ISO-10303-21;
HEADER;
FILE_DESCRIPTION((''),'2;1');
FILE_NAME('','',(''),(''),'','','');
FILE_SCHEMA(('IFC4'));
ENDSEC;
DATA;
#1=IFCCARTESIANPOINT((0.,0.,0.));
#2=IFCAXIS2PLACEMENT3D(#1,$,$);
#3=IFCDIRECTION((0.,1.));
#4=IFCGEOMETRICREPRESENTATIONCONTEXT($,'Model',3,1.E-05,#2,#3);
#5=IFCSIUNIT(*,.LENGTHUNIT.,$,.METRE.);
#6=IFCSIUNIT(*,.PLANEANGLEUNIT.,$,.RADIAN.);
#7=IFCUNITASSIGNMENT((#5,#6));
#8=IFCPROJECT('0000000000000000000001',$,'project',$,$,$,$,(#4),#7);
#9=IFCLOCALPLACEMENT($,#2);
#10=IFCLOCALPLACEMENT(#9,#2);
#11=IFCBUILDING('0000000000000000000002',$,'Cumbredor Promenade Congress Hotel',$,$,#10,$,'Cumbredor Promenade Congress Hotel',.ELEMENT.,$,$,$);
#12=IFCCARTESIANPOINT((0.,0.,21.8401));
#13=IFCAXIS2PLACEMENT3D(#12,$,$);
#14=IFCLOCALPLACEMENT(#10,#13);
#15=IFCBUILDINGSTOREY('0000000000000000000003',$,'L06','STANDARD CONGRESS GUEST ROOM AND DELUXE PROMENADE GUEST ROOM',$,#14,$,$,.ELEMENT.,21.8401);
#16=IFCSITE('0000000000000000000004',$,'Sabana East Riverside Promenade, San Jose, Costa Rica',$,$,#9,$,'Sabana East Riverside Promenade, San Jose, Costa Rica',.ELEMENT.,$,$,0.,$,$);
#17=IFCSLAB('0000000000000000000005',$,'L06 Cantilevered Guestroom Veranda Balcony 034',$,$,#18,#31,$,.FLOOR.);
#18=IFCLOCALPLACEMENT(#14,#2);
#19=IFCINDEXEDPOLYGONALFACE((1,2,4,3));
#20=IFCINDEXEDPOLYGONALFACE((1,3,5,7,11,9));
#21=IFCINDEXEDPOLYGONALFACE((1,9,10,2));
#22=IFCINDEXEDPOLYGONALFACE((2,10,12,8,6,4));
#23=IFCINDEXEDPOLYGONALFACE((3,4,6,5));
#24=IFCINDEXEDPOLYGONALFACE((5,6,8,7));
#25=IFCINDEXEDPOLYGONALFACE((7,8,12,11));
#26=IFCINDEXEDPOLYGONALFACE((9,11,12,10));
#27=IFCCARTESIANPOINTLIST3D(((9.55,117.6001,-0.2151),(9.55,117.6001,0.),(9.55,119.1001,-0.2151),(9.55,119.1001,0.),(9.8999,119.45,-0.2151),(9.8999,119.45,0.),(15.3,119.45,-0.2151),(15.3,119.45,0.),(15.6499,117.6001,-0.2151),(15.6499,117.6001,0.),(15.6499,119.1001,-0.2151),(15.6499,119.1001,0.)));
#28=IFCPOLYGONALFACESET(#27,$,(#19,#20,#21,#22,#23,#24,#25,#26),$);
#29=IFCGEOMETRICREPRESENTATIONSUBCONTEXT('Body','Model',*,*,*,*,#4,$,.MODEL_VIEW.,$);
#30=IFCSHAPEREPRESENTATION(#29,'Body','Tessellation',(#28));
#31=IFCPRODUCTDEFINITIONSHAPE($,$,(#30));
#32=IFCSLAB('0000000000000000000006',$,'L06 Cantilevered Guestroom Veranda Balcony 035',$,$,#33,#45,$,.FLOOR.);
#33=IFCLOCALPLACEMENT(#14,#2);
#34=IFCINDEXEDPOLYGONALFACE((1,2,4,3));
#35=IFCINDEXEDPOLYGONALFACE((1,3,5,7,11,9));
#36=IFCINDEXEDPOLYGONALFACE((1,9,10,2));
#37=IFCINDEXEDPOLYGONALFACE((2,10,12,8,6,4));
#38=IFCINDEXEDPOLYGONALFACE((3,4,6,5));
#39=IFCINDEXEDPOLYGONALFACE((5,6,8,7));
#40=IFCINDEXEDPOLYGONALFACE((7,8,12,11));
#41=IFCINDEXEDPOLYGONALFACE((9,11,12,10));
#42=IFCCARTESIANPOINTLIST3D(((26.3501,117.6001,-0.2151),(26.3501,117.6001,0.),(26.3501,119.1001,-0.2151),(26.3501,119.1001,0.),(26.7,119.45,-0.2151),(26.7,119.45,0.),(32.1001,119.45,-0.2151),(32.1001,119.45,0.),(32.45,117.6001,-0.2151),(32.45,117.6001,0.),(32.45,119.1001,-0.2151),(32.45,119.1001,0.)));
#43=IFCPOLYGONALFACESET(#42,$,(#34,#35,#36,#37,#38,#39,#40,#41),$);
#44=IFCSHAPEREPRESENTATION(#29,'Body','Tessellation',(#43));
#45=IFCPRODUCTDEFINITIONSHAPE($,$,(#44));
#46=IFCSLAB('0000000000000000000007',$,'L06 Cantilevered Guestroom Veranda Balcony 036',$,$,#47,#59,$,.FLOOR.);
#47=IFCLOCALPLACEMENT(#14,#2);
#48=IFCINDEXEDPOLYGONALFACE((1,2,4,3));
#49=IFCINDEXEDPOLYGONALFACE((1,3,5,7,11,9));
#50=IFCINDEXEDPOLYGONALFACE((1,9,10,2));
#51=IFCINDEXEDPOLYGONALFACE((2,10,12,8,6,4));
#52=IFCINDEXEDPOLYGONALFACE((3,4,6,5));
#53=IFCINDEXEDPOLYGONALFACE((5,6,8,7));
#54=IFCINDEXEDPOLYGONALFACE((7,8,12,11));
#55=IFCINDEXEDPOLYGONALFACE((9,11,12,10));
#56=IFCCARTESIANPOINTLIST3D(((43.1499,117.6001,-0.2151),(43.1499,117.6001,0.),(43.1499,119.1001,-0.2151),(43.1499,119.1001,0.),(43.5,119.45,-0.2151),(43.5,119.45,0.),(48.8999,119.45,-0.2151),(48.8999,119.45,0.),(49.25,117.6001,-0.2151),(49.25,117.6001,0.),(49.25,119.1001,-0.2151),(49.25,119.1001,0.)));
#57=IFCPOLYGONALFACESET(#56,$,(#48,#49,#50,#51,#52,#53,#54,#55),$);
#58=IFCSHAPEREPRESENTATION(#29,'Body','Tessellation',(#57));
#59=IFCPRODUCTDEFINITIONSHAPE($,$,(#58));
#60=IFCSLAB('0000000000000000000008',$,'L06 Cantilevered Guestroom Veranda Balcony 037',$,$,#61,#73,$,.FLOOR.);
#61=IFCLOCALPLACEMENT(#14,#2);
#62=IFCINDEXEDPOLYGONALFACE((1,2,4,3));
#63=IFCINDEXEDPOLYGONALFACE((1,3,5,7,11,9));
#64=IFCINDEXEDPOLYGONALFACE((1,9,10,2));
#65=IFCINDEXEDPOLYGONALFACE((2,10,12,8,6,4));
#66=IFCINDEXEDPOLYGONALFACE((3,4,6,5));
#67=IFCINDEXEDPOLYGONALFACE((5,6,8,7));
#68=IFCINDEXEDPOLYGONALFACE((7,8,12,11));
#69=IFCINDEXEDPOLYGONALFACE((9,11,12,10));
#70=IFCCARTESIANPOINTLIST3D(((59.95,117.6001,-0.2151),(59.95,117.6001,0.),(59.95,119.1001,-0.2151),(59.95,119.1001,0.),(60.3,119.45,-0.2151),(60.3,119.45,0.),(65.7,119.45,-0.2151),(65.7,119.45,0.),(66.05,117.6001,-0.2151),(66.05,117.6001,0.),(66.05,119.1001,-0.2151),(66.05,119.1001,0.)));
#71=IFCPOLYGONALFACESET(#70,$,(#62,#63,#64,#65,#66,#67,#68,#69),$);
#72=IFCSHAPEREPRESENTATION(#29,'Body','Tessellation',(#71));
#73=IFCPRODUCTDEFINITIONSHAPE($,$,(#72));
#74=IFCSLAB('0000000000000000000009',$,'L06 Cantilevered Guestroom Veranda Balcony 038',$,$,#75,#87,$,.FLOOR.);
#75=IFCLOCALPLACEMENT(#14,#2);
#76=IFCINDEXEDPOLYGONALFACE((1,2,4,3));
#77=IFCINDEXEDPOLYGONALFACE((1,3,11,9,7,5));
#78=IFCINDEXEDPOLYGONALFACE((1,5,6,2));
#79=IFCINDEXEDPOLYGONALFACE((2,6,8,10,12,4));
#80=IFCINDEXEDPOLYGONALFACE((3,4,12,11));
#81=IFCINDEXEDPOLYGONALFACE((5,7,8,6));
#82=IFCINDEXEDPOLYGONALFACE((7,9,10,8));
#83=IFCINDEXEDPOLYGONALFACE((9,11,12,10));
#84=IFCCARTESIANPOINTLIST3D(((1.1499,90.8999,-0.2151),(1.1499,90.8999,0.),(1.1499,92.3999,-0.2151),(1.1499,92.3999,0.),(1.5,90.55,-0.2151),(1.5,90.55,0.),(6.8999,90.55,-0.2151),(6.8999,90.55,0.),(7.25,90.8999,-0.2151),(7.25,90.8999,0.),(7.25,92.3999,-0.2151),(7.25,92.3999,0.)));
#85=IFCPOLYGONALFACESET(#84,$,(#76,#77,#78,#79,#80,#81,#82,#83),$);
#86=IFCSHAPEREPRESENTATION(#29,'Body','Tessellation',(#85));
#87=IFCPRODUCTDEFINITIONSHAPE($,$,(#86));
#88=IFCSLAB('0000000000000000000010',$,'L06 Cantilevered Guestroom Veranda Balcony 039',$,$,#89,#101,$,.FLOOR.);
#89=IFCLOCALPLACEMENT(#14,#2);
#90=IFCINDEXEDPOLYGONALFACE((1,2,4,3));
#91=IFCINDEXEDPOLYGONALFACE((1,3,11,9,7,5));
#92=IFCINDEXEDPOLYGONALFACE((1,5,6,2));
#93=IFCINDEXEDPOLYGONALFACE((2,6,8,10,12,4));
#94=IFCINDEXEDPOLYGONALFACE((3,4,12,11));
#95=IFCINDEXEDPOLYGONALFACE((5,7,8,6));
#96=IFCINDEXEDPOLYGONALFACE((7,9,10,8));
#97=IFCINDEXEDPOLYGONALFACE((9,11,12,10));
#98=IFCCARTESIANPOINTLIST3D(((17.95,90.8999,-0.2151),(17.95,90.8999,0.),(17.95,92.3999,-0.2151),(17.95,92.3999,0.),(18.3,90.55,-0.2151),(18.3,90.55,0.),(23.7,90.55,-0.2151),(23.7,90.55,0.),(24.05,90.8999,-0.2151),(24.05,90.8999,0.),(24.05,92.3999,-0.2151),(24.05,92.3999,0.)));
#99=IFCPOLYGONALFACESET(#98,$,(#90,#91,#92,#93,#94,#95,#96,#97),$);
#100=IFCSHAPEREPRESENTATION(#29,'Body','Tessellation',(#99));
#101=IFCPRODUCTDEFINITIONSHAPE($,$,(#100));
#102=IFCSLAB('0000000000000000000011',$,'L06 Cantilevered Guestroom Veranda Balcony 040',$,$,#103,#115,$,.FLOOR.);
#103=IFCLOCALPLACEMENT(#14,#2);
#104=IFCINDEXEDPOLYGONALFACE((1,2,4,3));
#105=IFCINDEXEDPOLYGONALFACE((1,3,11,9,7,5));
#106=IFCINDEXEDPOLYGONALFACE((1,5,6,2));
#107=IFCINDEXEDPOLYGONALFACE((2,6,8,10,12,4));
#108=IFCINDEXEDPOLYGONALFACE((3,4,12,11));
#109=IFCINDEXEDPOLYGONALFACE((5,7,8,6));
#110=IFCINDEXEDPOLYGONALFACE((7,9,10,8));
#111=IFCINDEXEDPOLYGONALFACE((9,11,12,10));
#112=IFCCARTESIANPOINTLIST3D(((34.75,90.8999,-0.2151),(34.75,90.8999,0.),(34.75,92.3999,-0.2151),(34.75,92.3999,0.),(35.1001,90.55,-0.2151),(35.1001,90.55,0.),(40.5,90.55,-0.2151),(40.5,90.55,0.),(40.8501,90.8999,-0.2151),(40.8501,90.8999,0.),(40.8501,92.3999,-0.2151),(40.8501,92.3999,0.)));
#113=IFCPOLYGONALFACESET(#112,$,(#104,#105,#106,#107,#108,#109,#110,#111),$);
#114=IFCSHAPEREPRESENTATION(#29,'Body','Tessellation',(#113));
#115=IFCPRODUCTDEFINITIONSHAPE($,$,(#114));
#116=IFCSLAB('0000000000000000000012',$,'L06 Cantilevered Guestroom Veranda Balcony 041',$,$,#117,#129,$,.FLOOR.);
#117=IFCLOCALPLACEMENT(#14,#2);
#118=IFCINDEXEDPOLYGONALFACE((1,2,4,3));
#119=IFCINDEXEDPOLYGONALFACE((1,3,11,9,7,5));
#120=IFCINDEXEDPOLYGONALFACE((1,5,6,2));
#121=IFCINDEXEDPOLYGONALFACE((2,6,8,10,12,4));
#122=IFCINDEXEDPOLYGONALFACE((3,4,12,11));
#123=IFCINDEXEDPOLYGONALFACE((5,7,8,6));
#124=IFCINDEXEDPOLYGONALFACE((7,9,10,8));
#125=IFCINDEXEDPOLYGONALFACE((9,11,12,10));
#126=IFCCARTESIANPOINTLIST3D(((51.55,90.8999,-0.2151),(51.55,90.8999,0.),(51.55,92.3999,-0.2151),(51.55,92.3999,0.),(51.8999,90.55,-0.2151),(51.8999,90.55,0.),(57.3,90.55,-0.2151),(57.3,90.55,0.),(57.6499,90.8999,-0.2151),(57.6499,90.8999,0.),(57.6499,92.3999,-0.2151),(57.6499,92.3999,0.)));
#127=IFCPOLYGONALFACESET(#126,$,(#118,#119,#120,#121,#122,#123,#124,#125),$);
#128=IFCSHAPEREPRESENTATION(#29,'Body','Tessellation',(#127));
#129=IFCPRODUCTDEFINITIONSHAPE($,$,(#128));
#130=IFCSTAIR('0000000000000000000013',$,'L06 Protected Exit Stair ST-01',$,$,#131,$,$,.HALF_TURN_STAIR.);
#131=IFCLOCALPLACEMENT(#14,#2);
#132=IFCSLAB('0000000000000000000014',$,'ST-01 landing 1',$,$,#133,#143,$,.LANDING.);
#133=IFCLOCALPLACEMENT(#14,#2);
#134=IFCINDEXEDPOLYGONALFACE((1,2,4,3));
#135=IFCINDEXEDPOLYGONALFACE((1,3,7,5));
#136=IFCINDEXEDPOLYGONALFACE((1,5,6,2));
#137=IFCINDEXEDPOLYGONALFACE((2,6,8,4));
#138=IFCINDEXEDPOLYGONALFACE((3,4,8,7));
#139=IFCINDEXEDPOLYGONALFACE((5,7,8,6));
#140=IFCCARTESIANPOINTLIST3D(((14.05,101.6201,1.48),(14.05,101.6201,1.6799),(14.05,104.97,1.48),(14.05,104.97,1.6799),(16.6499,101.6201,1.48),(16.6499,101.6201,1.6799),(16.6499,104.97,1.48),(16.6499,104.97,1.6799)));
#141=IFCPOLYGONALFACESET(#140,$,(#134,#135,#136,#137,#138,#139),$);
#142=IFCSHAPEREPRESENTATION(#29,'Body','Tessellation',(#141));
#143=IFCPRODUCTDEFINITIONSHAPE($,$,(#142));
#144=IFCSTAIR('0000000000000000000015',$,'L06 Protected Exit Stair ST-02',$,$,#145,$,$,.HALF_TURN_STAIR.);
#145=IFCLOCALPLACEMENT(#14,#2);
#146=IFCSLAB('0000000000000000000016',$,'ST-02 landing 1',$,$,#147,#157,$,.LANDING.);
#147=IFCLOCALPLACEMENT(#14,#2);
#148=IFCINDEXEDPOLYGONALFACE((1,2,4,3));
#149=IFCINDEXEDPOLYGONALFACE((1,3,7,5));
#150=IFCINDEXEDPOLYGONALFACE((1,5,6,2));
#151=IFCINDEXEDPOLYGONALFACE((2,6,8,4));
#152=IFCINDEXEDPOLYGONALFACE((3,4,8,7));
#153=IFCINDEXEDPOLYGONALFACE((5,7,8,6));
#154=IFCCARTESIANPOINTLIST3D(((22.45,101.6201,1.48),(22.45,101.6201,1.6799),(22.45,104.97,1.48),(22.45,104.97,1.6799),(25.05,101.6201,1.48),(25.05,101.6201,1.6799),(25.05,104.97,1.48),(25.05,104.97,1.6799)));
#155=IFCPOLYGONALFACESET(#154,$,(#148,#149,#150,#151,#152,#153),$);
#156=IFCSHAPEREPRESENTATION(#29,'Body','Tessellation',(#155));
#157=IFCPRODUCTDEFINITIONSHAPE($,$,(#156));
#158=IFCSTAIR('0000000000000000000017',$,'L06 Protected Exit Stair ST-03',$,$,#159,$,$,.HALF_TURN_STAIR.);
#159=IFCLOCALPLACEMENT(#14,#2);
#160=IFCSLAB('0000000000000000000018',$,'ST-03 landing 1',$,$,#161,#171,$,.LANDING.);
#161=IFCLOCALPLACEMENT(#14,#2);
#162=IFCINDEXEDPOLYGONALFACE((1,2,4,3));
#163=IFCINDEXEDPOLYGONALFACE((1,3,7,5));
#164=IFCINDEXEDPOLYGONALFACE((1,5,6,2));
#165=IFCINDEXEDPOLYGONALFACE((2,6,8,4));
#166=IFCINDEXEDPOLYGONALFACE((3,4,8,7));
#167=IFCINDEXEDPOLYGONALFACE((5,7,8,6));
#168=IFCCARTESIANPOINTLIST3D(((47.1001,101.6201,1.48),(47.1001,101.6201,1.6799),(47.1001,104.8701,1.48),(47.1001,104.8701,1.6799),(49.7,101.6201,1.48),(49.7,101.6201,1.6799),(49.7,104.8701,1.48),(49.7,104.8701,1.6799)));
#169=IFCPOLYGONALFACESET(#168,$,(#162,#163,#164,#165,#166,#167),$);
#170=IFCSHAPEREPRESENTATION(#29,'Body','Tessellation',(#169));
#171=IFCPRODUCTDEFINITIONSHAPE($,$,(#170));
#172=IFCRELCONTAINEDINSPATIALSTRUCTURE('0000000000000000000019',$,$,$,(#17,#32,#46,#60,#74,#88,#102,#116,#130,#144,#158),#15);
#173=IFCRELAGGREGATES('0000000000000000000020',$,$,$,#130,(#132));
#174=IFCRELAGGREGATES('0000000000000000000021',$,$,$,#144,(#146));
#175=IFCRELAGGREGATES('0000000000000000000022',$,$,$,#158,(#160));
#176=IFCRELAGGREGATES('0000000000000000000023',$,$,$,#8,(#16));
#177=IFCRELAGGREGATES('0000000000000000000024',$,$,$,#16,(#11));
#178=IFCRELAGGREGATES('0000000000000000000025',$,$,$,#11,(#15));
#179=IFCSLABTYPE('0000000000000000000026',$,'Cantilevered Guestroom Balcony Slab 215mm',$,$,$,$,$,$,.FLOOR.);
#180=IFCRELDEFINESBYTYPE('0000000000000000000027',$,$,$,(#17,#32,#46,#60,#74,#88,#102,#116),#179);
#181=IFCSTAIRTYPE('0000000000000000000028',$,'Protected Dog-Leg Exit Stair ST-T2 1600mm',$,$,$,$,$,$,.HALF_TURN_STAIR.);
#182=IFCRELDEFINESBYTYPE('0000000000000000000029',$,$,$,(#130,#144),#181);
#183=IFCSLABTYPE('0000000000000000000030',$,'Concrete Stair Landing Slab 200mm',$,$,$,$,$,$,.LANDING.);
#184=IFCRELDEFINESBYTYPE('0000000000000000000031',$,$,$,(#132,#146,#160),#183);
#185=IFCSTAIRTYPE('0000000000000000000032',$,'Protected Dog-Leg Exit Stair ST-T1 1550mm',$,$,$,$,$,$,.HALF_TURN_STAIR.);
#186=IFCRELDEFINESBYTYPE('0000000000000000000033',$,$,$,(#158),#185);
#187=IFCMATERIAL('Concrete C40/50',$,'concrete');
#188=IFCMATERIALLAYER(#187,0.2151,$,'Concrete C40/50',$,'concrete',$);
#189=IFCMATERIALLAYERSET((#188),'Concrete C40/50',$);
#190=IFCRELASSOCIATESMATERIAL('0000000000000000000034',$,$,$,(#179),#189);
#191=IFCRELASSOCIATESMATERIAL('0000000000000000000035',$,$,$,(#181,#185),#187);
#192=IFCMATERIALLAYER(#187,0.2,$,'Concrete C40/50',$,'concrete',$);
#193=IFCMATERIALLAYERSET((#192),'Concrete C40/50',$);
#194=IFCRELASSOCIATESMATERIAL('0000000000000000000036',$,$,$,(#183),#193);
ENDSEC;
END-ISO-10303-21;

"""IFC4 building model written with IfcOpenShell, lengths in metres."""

from ifc_helpers import new_model, si_unit, direction, frame, origin, place, context, subcontext, project, spatial, polyline, outline, extrude, material, layer, layer_set, type_object, element, aggregate, save


model = new_model("IFC4")

# Units and contexts
model_context = context("Model", 3, precision=1e-05, world=origin(), true_north=direction((0.0, 1.0)))
body_context = subcontext(model_context, "Body", "Model", "MODEL_VIEW")
ifc_project = project(units=[si_unit("LENGTHUNIT", "METRE"), si_unit("PLANEANGLEUNIT", "RADIAN")], contexts=[model_context])

# Site, building, storey
site_placement = place(None, origin())
site = spatial("IfcSite", under=ifc_project, at=site_placement, Name="Sabana East Riverside Promenade, San Jose, Costa Rica", LongName="Sabana East Riverside Promenade, San Jose, Costa Rica", CompositionType="ELEMENT", RefElevation=0.0)
building_placement = place(site_placement, origin())
building = spatial("IfcBuilding", under=site, at=building_placement, Name="Cumbredor Promenade Congress Hotel", LongName="Cumbredor Promenade Congress Hotel", CompositionType="ELEMENT")
storey_placement = place(building_placement, frame((0.0, 0.0, 21.8401)))
storey = spatial("IfcBuildingStorey", under=building, at=storey_placement, Name="L06", Description="STANDARD CONGRESS GUEST ROOM AND DELUXE PROMENADE GUEST ROOM", CompositionType="ELEMENT", Elevation=21.8401)

# Slabs
ifc_material_1 = material(Name="Concrete C40/50", Category="concrete")
ifc_layer_1 = layer(ifc_material_1, 0.2151, Name="Concrete C40/50", Category="concrete")
ifc_layer_set_1 = layer_set([ifc_layer_1], Name="Concrete C40/50")
slab_type_1 = type_object("IfcSlabType", Name="Cantilevered Guestroom Balcony Slab 215mm", PredefinedType="FLOOR", material=ifc_layer_set_1)
slab_1_placement = place(storey_placement, frame((0.0, 0.0, -0.2151)))
element("IfcSlab", 1, at=slab_1_placement, inside=storey, type_object=slab_type_1, Name="L06 Cantilevered Guestroom Veranda Balcony 034", PredefinedType="FLOOR", context=body_context, shape_type="SweptSolid", body=[
    extrude(outline(polyline([(9.55, 117.6001), (15.6499, 117.6001), (15.6499, 119.1001), (15.3, 119.45), (9.8999, 119.45), (9.55, 119.1001), (9.55, 117.6001)])), origin(), (0.0, 0.0, 1.0), 0.2151),
])
slab_2_placement = place(storey_placement, frame((0.0, 0.0, -0.2151)))
element("IfcSlab", 2, at=slab_2_placement, inside=storey, type_object=slab_type_1, Name="L06 Cantilevered Guestroom Veranda Balcony 035", PredefinedType="FLOOR", context=body_context, shape_type="SweptSolid", body=[
    extrude(outline(polyline([(26.3501, 117.6001), (32.45, 117.6001), (32.45, 119.1001), (32.1001, 119.45), (26.7, 119.45), (26.3501, 119.1001), (26.3501, 117.6001)])), origin(), (0.0, 0.0, 1.0), 0.2151),
])
slab_3_placement = place(storey_placement, frame((0.0, 0.0, -0.2151)))
element("IfcSlab", 3, at=slab_3_placement, inside=storey, type_object=slab_type_1, Name="L06 Cantilevered Guestroom Veranda Balcony 036", PredefinedType="FLOOR", context=body_context, shape_type="SweptSolid", body=[
    extrude(outline(polyline([(43.1499, 117.6001), (49.25, 117.6001), (49.25, 119.1001), (48.8999, 119.45), (43.5, 119.45), (43.1499, 119.1001), (43.1499, 117.6001)])), origin(), (0.0, 0.0, 1.0), 0.2151),
])
slab_4_placement = place(storey_placement, frame((0.0, 0.0, -0.2151)))
element("IfcSlab", 4, at=slab_4_placement, inside=storey, type_object=slab_type_1, Name="L06 Cantilevered Guestroom Veranda Balcony 037", PredefinedType="FLOOR", context=body_context, shape_type="SweptSolid", body=[
    extrude(outline(polyline([(59.95, 117.6001), (66.05, 117.6001), (66.05, 119.1001), (65.7, 119.45), (60.3, 119.45), (59.95, 119.1001), (59.95, 117.6001)])), origin(), (0.0, 0.0, 1.0), 0.2151),
])
slab_5_placement = place(storey_placement, frame((0.0, 0.0, -0.2151)))
element("IfcSlab", 5, at=slab_5_placement, inside=storey, type_object=slab_type_1, Name="L06 Cantilevered Guestroom Veranda Balcony 038", PredefinedType="FLOOR", context=body_context, shape_type="SweptSolid", body=[
    extrude(outline(polyline([(1.5, 90.55), (6.8999, 90.55), (7.25, 90.8999), (7.25, 92.3999), (1.1499, 92.3999), (1.1499, 90.8999), (1.5, 90.55)])), origin(), (0.0, 0.0, 1.0), 0.2151),
])
slab_6_placement = place(storey_placement, frame((0.0, 0.0, -0.2151)))
element("IfcSlab", 6, at=slab_6_placement, inside=storey, type_object=slab_type_1, Name="L06 Cantilevered Guestroom Veranda Balcony 039", PredefinedType="FLOOR", context=body_context, shape_type="SweptSolid", body=[
    extrude(outline(polyline([(18.3, 90.55), (23.7, 90.55), (24.05, 90.8999), (24.05, 92.3999), (17.95, 92.3999), (17.95, 90.8999), (18.3, 90.55)])), origin(), (0.0, 0.0, 1.0), 0.2151),
])
slab_7_placement = place(storey_placement, frame((0.0, 0.0, -0.2151)))
element("IfcSlab", 7, at=slab_7_placement, inside=storey, type_object=slab_type_1, Name="L06 Cantilevered Guestroom Veranda Balcony 040", PredefinedType="FLOOR", context=body_context, shape_type="SweptSolid", body=[
    extrude(outline(polyline([(35.1001, 90.55), (40.5, 90.55), (40.8501, 90.8999), (40.8501, 92.3999), (34.75, 92.3999), (34.75, 90.8999), (35.1001, 90.55)])), origin(), (0.0, 0.0, 1.0), 0.2151),
])
slab_8_placement = place(storey_placement, frame((0.0, 0.0, -0.2151)))
element("IfcSlab", 8, at=slab_8_placement, inside=storey, type_object=slab_type_1, Name="L06 Cantilevered Guestroom Veranda Balcony 041", PredefinedType="FLOOR", context=body_context, shape_type="SweptSolid", body=[
    extrude(outline(polyline([(51.8999, 90.55), (57.3, 90.55), (57.6499, 90.8999), (57.6499, 92.3999), (51.55, 92.3999), (51.55, 90.8999), (51.8999, 90.55)])), origin(), (0.0, 0.0, 1.0), 0.2151),
])

# Stairs, slabs
stair_type_1 = type_object("IfcStairType", Name="Protected Dog-Leg Exit Stair ST-T2 1600mm", PredefinedType="HALF_TURN_STAIR", material=ifc_material_1)
stair_1_placement = place(storey_placement, origin())
stair_1 = element("IfcStair", 9, at=stair_1_placement, inside=storey, type_object=stair_type_1, Name="L06 Protected Exit Stair ST-01", PredefinedType="HALF_TURN_STAIR")
ifc_layer_2 = layer(ifc_material_1, 0.2, Name="Concrete C40/50", Category="concrete")
ifc_layer_set_2 = layer_set([ifc_layer_2], Name="Concrete C40/50")
slab_type_2 = type_object("IfcSlabType", Name="Concrete Stair Landing Slab 200mm", PredefinedType="LANDING", material=ifc_layer_set_2)
slab_9_placement = place(storey_placement, frame((0.0, 0.0, 1.48)))
slab_9 = element("IfcSlab", 10, at=slab_9_placement, type_object=slab_type_2, Name="ST-01 landing 1", PredefinedType="LANDING", context=body_context, shape_type="SweptSolid", body=[
    extrude(outline(polyline([(14.05, 101.6201), (16.6499, 101.6201), (16.6499, 104.97), (14.05, 104.97), (14.05, 101.6201)])), origin(), (0.0, 0.0, 1.0), 0.2),
])
aggregate(stair_1, [slab_9])
stair_2_placement = place(storey_placement, origin())
stair_2 = element("IfcStair", 11, at=stair_2_placement, inside=storey, type_object=stair_type_1, Name="L06 Protected Exit Stair ST-02", PredefinedType="HALF_TURN_STAIR")
slab_10_placement = place(storey_placement, frame((0.0, 0.0, 1.48)))
slab_10 = element("IfcSlab", 12, at=slab_10_placement, type_object=slab_type_2, Name="ST-02 landing 1", PredefinedType="LANDING", context=body_context, shape_type="SweptSolid", body=[
    extrude(outline(polyline([(22.45, 101.6201), (25.05, 101.6201), (25.05, 104.97), (22.45, 104.97), (22.45, 101.6201)])), origin(), (0.0, 0.0, 1.0), 0.2),
])
aggregate(stair_2, [slab_10])
stair_type_2 = type_object("IfcStairType", Name="Protected Dog-Leg Exit Stair ST-T1 1550mm", PredefinedType="HALF_TURN_STAIR", material=ifc_material_1)
stair_3_placement = place(storey_placement, origin())
stair_3 = element("IfcStair", 13, at=stair_3_placement, inside=storey, type_object=stair_type_2, Name="L06 Protected Exit Stair ST-03", PredefinedType="HALF_TURN_STAIR")
slab_11_placement = place(storey_placement, frame((0.0, 0.0, 1.48)))
slab_11 = element("IfcSlab", 14, at=slab_11_placement, type_object=slab_type_2, Name="ST-03 landing 1", PredefinedType="LANDING", context=body_context, shape_type="SweptSolid", body=[
    extrude(outline(polyline([(47.1001, 101.6201), (49.7, 101.6201), (49.7, 104.8701), (47.1001, 104.8701), (47.1001, 101.6201)])), origin(), (0.0, 0.0, 1.0), 0.2),
])
aggregate(stair_3, [slab_11])

save(model, "model.ifc")
